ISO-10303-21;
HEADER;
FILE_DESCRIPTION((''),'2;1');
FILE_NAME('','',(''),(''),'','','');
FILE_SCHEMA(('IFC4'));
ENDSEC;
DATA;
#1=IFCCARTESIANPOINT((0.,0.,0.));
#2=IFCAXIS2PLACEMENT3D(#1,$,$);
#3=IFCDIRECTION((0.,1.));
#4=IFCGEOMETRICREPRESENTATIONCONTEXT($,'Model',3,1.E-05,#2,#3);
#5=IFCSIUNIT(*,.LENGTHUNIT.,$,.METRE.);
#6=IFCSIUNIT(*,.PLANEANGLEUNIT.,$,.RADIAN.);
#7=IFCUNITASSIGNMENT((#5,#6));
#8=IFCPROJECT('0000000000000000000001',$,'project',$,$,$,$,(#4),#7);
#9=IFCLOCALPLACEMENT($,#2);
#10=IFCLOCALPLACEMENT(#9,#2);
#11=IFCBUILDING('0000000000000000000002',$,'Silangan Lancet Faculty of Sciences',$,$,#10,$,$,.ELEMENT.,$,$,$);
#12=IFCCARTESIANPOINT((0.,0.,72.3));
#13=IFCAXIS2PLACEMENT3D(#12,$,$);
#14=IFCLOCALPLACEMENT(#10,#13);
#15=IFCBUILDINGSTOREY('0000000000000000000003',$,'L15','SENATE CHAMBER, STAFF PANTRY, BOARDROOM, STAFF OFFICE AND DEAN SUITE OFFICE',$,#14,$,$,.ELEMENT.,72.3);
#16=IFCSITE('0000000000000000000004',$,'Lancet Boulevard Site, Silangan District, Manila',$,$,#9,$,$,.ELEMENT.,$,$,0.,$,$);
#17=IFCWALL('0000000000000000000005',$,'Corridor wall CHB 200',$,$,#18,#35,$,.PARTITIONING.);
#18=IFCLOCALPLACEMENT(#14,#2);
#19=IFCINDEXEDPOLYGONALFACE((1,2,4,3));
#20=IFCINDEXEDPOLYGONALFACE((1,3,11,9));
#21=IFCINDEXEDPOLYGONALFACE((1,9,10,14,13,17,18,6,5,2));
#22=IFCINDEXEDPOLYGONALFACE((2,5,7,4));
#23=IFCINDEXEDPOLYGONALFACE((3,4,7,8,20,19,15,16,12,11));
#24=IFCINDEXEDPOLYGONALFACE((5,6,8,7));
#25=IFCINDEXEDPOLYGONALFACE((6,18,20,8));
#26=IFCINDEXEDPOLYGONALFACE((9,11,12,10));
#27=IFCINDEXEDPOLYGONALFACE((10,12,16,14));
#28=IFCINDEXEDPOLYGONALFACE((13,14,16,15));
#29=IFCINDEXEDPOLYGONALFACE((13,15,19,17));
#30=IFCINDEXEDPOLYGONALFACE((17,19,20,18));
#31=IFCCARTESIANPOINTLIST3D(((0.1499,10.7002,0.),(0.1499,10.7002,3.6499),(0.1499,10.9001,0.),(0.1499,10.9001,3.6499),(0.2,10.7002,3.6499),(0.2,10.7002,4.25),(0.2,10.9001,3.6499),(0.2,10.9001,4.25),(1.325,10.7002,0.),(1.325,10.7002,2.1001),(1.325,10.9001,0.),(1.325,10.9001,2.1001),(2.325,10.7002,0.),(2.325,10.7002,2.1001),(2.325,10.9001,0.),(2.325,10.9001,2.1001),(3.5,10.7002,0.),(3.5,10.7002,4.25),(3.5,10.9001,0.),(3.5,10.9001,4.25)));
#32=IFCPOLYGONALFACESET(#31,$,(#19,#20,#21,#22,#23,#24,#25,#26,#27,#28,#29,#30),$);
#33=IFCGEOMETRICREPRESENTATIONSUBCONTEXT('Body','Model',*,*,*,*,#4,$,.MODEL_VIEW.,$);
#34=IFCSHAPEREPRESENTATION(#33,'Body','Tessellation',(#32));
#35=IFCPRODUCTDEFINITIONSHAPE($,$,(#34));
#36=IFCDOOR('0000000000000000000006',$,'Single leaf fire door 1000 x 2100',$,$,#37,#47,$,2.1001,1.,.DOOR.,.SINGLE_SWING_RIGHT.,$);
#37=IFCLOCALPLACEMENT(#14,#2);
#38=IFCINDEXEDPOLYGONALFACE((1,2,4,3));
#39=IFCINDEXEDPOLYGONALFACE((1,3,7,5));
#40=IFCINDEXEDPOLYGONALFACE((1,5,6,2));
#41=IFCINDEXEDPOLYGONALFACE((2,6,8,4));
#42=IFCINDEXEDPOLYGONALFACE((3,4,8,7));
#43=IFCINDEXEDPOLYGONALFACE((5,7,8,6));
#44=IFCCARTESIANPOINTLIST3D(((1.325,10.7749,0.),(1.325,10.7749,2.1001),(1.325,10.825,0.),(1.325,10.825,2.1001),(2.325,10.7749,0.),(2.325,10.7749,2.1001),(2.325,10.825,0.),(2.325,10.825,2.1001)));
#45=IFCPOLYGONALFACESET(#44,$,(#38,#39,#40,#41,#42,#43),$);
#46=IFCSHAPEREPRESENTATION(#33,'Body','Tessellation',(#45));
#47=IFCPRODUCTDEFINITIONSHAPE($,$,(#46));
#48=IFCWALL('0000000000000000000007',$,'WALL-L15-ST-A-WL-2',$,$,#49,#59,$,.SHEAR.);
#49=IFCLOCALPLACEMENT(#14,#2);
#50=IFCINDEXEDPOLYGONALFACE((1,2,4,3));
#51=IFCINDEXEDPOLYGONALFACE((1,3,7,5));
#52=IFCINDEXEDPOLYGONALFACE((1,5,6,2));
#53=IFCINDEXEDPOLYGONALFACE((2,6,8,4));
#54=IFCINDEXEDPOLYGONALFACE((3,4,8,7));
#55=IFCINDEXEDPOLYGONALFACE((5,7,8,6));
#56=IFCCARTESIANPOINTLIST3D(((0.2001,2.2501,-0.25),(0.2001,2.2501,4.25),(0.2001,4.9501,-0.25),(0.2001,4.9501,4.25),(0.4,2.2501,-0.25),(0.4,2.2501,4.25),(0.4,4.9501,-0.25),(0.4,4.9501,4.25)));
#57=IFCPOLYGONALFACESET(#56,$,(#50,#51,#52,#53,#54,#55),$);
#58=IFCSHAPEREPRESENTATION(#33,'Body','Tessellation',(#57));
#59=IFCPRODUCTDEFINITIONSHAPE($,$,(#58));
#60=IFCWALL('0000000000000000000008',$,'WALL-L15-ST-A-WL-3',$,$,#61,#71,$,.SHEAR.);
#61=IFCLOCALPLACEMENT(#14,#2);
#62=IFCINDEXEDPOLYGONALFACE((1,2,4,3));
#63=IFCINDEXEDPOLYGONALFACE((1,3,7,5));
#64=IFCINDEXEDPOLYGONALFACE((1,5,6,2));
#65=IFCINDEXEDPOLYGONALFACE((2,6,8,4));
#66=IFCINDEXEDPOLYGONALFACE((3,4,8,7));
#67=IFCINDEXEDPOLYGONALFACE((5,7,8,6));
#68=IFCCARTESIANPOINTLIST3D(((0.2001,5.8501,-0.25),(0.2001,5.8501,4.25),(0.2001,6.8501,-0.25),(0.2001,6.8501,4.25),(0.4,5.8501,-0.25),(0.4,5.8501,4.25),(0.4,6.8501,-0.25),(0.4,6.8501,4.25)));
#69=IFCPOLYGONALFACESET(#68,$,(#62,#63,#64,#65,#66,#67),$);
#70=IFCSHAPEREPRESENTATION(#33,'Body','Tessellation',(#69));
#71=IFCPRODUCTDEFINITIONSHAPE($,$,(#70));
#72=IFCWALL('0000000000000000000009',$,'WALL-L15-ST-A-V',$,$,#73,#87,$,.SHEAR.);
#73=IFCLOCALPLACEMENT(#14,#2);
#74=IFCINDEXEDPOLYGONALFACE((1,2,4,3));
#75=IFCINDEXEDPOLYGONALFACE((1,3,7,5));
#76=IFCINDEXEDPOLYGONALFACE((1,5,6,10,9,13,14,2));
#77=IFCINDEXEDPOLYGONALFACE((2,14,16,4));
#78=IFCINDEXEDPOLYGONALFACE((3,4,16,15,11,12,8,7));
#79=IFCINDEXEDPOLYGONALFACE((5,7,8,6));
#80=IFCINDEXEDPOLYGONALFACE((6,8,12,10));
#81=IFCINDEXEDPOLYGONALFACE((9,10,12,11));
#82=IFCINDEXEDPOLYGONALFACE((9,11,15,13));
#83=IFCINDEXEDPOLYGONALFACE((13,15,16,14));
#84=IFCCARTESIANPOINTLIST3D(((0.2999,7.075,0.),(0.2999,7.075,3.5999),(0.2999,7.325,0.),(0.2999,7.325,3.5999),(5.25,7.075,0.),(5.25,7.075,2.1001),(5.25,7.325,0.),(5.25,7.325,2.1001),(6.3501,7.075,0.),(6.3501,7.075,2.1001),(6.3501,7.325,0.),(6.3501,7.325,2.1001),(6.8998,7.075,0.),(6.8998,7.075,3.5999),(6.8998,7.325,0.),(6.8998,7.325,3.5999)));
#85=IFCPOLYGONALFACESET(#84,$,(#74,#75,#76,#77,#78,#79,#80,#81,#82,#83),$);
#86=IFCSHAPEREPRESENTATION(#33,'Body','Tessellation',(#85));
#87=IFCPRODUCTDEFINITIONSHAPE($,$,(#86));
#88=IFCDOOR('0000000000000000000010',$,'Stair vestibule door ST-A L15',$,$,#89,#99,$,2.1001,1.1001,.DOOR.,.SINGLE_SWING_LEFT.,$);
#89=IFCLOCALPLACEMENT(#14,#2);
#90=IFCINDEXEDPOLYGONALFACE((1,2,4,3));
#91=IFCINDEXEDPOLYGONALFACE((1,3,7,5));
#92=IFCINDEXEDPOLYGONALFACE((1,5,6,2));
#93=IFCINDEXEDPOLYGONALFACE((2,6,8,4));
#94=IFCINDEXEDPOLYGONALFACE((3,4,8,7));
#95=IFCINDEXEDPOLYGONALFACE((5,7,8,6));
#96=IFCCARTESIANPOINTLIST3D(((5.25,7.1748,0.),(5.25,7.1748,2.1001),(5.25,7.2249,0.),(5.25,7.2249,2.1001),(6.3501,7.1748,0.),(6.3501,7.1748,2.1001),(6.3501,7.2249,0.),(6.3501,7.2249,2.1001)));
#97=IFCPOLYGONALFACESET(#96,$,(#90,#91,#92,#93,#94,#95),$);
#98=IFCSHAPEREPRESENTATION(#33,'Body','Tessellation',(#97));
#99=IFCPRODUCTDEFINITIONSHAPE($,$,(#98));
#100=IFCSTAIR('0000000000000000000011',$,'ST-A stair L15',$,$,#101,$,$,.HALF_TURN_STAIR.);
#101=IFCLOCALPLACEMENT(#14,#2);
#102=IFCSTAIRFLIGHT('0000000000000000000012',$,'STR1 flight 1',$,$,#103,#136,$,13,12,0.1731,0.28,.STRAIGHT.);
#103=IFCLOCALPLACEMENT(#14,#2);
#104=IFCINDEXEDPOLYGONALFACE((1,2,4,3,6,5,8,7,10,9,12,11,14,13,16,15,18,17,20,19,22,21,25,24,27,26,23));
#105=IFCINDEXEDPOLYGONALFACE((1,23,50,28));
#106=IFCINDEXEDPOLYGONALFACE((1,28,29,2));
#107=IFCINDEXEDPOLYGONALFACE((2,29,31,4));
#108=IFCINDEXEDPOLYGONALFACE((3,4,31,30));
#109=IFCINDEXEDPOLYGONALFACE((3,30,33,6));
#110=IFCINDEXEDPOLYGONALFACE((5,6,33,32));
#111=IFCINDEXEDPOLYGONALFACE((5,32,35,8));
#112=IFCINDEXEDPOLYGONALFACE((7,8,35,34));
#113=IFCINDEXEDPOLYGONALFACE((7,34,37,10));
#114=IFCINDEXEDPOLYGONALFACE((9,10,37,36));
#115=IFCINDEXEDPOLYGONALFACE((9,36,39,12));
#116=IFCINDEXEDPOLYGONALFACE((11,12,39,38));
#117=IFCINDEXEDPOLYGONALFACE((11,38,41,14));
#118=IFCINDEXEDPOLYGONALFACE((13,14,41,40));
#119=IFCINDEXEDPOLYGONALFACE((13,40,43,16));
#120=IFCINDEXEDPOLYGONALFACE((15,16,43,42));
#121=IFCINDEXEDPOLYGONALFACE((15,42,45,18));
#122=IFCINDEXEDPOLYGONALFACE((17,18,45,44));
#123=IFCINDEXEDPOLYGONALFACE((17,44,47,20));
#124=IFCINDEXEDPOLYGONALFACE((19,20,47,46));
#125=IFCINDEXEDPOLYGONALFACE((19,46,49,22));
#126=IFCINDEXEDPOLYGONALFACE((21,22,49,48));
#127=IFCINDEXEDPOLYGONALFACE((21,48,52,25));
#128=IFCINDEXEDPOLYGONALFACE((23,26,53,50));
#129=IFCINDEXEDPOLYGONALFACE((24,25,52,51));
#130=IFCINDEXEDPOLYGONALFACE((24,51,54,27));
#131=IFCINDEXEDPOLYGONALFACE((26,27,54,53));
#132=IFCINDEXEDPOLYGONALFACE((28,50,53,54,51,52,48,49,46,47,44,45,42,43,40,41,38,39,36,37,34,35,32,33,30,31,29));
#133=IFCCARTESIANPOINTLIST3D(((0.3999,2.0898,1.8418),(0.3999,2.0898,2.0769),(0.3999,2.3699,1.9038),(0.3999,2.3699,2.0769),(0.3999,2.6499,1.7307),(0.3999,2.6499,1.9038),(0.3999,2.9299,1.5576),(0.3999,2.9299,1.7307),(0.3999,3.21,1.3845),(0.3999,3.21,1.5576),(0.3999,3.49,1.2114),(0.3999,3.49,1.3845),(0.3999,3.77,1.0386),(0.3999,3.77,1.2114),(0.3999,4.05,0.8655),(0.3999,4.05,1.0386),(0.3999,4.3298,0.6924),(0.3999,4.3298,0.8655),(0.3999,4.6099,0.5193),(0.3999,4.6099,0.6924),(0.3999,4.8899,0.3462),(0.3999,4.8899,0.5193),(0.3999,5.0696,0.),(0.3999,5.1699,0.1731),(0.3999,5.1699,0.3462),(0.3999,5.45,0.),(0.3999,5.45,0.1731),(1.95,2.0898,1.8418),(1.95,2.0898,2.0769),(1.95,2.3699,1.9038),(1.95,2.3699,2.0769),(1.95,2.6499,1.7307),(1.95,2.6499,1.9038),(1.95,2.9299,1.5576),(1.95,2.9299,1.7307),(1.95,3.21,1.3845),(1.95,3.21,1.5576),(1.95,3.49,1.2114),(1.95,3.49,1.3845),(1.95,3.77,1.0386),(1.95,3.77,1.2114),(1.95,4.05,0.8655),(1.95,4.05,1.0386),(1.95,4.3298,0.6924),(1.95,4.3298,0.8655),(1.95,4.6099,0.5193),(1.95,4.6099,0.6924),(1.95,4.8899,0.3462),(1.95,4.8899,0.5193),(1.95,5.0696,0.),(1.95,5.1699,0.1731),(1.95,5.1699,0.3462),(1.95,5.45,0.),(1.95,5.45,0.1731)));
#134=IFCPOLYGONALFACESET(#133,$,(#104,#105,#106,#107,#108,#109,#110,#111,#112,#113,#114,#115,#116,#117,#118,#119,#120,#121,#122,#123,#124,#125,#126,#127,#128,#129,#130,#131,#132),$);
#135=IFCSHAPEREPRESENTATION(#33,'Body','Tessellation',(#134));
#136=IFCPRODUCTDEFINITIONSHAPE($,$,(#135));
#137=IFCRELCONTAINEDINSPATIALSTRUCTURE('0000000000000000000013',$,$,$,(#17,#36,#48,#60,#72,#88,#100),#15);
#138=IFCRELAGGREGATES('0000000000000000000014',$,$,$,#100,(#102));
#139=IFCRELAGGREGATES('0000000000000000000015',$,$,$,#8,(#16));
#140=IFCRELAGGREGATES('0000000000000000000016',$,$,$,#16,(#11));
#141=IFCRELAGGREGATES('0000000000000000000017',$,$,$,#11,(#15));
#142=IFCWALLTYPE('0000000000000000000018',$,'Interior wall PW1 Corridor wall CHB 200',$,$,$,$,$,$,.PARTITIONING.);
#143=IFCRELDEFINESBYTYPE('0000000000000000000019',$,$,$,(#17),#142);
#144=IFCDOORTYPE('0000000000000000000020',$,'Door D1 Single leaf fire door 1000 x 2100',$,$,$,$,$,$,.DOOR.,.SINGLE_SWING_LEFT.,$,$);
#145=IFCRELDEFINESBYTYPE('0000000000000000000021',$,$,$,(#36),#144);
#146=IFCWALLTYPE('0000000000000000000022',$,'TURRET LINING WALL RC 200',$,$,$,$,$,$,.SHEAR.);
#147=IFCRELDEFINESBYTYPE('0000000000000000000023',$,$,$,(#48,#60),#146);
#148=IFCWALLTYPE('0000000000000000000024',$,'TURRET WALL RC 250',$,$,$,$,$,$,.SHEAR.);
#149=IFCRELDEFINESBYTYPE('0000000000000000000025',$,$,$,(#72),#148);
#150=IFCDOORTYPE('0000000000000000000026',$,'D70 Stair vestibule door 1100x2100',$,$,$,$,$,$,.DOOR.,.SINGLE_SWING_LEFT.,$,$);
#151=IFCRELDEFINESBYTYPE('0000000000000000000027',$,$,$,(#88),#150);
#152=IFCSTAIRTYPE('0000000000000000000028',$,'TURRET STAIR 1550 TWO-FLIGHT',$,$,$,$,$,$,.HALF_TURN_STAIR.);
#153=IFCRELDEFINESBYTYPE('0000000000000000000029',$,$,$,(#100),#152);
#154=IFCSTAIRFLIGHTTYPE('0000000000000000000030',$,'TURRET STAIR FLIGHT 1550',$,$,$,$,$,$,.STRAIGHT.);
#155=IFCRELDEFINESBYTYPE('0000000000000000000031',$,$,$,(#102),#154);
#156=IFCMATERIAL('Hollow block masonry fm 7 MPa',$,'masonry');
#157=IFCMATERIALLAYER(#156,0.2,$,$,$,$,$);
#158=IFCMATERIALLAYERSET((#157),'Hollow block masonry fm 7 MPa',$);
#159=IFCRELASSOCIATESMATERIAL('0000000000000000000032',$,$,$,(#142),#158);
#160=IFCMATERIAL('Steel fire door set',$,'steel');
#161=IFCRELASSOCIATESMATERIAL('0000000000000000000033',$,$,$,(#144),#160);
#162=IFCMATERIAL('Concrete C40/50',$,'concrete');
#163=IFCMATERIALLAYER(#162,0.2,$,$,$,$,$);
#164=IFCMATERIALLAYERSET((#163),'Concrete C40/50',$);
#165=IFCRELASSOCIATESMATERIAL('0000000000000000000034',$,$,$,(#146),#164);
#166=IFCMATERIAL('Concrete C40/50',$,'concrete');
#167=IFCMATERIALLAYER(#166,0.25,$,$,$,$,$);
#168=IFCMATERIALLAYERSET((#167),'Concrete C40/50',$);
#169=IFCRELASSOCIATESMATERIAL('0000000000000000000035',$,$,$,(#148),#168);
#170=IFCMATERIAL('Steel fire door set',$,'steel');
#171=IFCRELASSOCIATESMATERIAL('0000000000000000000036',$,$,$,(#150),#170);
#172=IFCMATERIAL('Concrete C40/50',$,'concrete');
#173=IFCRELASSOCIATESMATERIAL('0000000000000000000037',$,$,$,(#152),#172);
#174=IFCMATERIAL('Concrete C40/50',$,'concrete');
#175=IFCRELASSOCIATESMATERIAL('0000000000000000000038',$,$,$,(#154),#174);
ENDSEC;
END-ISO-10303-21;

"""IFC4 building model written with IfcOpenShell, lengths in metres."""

from ifc_helpers import new_model, si_unit, direction, frame, frame_2d, origin, place, context, subcontext, project, spatial, polyline, rectangle, outline, extrude, material, layer, layer_set, type_object, element, fill, aggregate, save


model = new_model("IFC4")

# Units and contexts
model_context = context("Model", 3, precision=1e-05, world=origin(), true_north=direction((0.0, 1.0)))
body_context = subcontext(model_context, "Body", "Model", "MODEL_VIEW")
ifc_project = project(units=[si_unit("LENGTHUNIT", "METRE"), si_unit("PLANEANGLEUNIT", "RADIAN")], contexts=[model_context])

# Site, building, storey
site_placement = place(None, origin())
site = spatial("IfcSite", under=ifc_project, at=site_placement, Name="Lancet Boulevard Site, Silangan District, Manila", CompositionType="ELEMENT", RefElevation=0.0)
building_placement = place(site_placement, origin())
building = spatial("IfcBuilding", under=site, at=building_placement, Name="Silangan Lancet Faculty of Sciences", CompositionType="ELEMENT")
storey_placement = place(building_placement, frame((0.0, 0.0, 72.3)))
storey = spatial("IfcBuildingStorey", under=building, at=storey_placement, Name="L15", Description="SENATE CHAMBER, STAFF PANTRY, BOARDROOM, STAFF OFFICE AND DEAN SUITE OFFICE", CompositionType="ELEMENT", Elevation=72.3)

# Wall, opening, door
ifc_material_1 = material(Name="Hollow block masonry fm 7 MPa", Category="masonry")
ifc_layer_1 = layer(ifc_material_1, 0.2)
ifc_layer_set_1 = layer_set([ifc_layer_1], Name="Hollow block masonry fm 7 MPa")
wall_type_1 = type_object("IfcWallType", Name="Interior wall PW1 Corridor wall CHB 200", PredefinedType="PARTITIONING", material=ifc_layer_set_1)
wall_1_placement = place(storey_placement, frame((0.1499, 10.8, 0.0), z_axis=(0.0, 0.0, 1.0), x_axis=(1.0, 0.0, 0.0)))
wall_1 = element("IfcWall", 1, at=wall_1_placement, inside=storey, type_object=wall_type_1, Name="Corridor wall CHB 200", PredefinedType="PARTITIONING", context=body_context, shape_type="SweptSolid", body=[
    extrude(outline(polyline([(0.0, 0.0), (3.3501, 0.0), (3.3501, 4.25), (0.05, 4.25), (0.05, 3.6499), (0.0, 3.6499), (0.0, 0.0)])), frame((0.0, 0.1001, 0.0), z_axis=(0.0, -1.0, 0.0), x_axis=(1.0, 0.0, 0.0)), (0.0, 0.0, 1.0), 0.2),
])
opening_1_placement = place(wall_1_placement, frame((1.175, 0.0, 0.0)))
opening_1 = element("IfcOpeningElement", 2, at=opening_1_placement, cuts=wall_1, PredefinedType="OPENING", context=body_context, shape_type="SweptSolid", body=[
    extrude(rectangle(XDim=1.0, YDim=2.1001, at=frame_2d((0.5, 1.05))), frame((0.0, 0.1099, 0.0), z_axis=(0.0, -1.0, 0.0), x_axis=(1.0, 0.0, 0.0)), (0.0, 0.0, 1.0), 0.22),
])
ifc_material_2 = material(Name="Steel fire door set", Category="steel")
door_type_1 = type_object("IfcDoorType", Name="Door D1 Single leaf fire door 1000 x 2100", OperationType="SINGLE_SWING_LEFT", PredefinedType="DOOR", material=ifc_material_2)
door_1_placement = place(opening_1_placement, origin())
door_1 = element("IfcDoor", 3, at=door_1_placement, inside=storey, type_object=door_type_1, Name="Single leaf fire door 1000 x 2100", OperationType="SINGLE_SWING_RIGHT", OverallHeight=2.1001, OverallWidth=1.0, PredefinedType="DOOR", context=body_context, shape_type="SweptSolid", body=[
    extrude(rectangle(XDim=1.0, YDim=2.1001, at=frame_2d((0.5, 1.05))), frame((0.0, 0.0249, 0.0), z_axis=(0.0, -1.0, 0.0), x_axis=(1.0, 0.0, 0.0)), (0.0, 0.0, 1.0), 0.05),
])
fill(opening_1, door_1)

# Walls
ifc_material_3 = material(Name="Concrete C40/50", Category="concrete")
ifc_layer_2 = layer(ifc_material_3, 0.2)
ifc_layer_set_2 = layer_set([ifc_layer_2], Name="Concrete C40/50")
wall_type_2 = type_object("IfcWallType", Name="TURRET LINING WALL RC 200", PredefinedType="SHEAR", material=ifc_layer_set_2)
wall_2_placement = place(storey_placement, frame((0.3, 2.25, -0.25), z_axis=(0.0, 0.0, 1.0), x_axis=(0.0, 1.0, 0.0)))
element("IfcWall", 4, at=wall_2_placement, inside=storey, type_object=wall_type_2, Name="WALL-L15-ST-A-WL-2", PredefinedType="SHEAR", context=body_context, shape_type="SweptSolid", body=[
    extrude(rectangle(XDim=2.7, YDim=0.2, at=frame_2d((1.3501, 0.0))), origin(), (0.0, 0.0, 1.0), 4.5),
])
wall_3_placement = place(storey_placement, frame((0.3, 5.8501, -0.25), z_axis=(0.0, 0.0, 1.0), x_axis=(0.0, 1.0, 0.0)))
element("IfcWall", 5, at=wall_3_placement, inside=storey, type_object=wall_type_2, Name="WALL-L15-ST-A-WL-3", PredefinedType="SHEAR", context=body_context, shape_type="SweptSolid", body=[
    extrude(rectangle(XDim=1.0, YDim=0.2, at=frame_2d((0.5, 0.0))), origin(), (0.0, 0.0, 1.0), 4.5),
])

# Wall, opening, door
ifc_material_4 = material(Name="Concrete C40/50", Category="concrete")
ifc_layer_3 = layer(ifc_material_4, 0.25)
ifc_layer_set_3 = layer_set([ifc_layer_3], Name="Concrete C40/50")
wall_type_3 = type_object("IfcWallType", Name="TURRET WALL RC 250", PredefinedType="SHEAR", material=ifc_layer_set_3)
wall_4_placement = place(storey_placement, frame((0.3, 7.2, 0.0), z_axis=(0.0, 0.0, 1.0), x_axis=(1.0, 0.0, 0.0)))
wall_4 = element("IfcWall", 6, at=wall_4_placement, inside=storey, type_object=wall_type_3, Name="WALL-L15-ST-A-V", PredefinedType="SHEAR", context=body_context, shape_type="SweptSolid", body=[
    extrude(rectangle(XDim=6.5999, YDim=0.25, at=frame_2d((3.2998, 0.0))), origin(), (0.0, 0.0, 1.0), 3.5999),
])
opening_2_placement = place(wall_4_placement, frame((4.95, 0.0, 0.0)))
opening_2 = element("IfcOpeningElement", 7, at=opening_2_placement, cuts=wall_4, PredefinedType="OPENING", context=body_context, shape_type="SweptSolid", body=[
    extrude(rectangle(XDim=1.1001, YDim=2.1001, at=frame_2d((0.55, 1.05))), frame((0.0, 0.135, 0.0), z_axis=(0.0, -1.0, 0.0), x_axis=(1.0, 0.0, 0.0)), (0.0, 0.0, 1.0), 0.27),
])
ifc_material_5 = material(Name="Steel fire door set", Category="steel")
door_type_2 = type_object("IfcDoorType", Name="D70 Stair vestibule door 1100x2100", OperationType="SINGLE_SWING_LEFT", PredefinedType="DOOR", material=ifc_material_5)
door_2_placement = place(opening_2_placement, frame((1.1001, 0.0, 0.0), z_axis=(0.0, 0.0, 1.0), x_axis=(-1.0, 0.0, 0.0)))
door_2 = element("IfcDoor", 8, at=door_2_placement, inside=storey, type_object=door_type_2, Name="Stair vestibule door ST-A L15", OperationType="SINGLE_SWING_LEFT", OverallHeight=2.1001, OverallWidth=1.1001, PredefinedType="DOOR", context=body_context, shape_type="SweptSolid", body=[
    extrude(rectangle(XDim=1.1001, YDim=2.1001, at=frame_2d((0.55, 1.05))), frame((0.0, 0.0251, 0.0), z_axis=(0.0, -1.0, 0.0), x_axis=(1.0, 0.0, 0.0)), (0.0, 0.0, 1.0), 0.05),
])
fill(opening_2, door_2)

# Stair, stair flight
ifc_material_6 = material(Name="Concrete C40/50", Category="concrete")
stair_type = type_object("IfcStairType", Name="TURRET STAIR 1550 TWO-FLIGHT", PredefinedType="HALF_TURN_STAIR", material=ifc_material_6)
stair_placement = place(storey_placement, origin())
stair = element("IfcStair", 9, at=stair_placement, inside=storey, type_object=stair_type, Name="ST-A stair L15", PredefinedType="HALF_TURN_STAIR")
ifc_material_7 = material(Name="Concrete C40/50", Category="concrete")
stair_flight_type = type_object("IfcStairFlightType", Name="TURRET STAIR FLIGHT 1550", PredefinedType="STRAIGHT", material=ifc_material_7)
stair_flight_placement = place(storey_placement, frame((1.175, 5.45, 0.0), z_axis=(0.0, 0.0, 1.0), x_axis=(0.0, -1.0, 0.0)))
stair_flight = element("IfcStairFlight", 10, at=stair_flight_placement, type_object=stair_flight_type, Name="STR1 flight 1", NumberOfRisers=13, NumberOfTreads=12, PredefinedType="STRAIGHT", RiserHeight=0.1731, TreadLength=0.28, context=body_context, shape_type="SweptSolid", body=[
    extrude(outline(polyline([(0.0, 0.0), (0.0, 0.1731), (0.28, 0.1731), (0.28, 0.3462), (0.5601, 0.3462), (0.5601, 0.5193), (0.8401, 0.5193), (0.8401, 0.6924), (1.1201, 0.6924), (1.1201, 0.8655), (1.3999, 0.8655), (1.3999, 1.0386), (1.6799, 1.0386), (1.6799, 1.2114), (1.96, 1.2114), (1.96, 1.3845), (2.24, 1.3845), (2.24, 1.5576), (2.52, 1.5576), (2.52, 1.7307), (2.8, 1.7307), (2.8, 1.9038), (3.0801, 1.9038), (3.0801, 2.0769), (3.3601, 2.0769), (3.3601, 2.25), (3.3601, 1.8418), (0.3804, 0.0), (0.0, 0.0)])), frame((0.0, 0.7749, 0.0), z_axis=(0.0, -1.0, 0.0), x_axis=(1.0, 0.0, 0.0)), (0.0, 0.0, 1.0), 1.55),
])
aggregate(stair, [stair_flight])

save(model, "model.ifc")
